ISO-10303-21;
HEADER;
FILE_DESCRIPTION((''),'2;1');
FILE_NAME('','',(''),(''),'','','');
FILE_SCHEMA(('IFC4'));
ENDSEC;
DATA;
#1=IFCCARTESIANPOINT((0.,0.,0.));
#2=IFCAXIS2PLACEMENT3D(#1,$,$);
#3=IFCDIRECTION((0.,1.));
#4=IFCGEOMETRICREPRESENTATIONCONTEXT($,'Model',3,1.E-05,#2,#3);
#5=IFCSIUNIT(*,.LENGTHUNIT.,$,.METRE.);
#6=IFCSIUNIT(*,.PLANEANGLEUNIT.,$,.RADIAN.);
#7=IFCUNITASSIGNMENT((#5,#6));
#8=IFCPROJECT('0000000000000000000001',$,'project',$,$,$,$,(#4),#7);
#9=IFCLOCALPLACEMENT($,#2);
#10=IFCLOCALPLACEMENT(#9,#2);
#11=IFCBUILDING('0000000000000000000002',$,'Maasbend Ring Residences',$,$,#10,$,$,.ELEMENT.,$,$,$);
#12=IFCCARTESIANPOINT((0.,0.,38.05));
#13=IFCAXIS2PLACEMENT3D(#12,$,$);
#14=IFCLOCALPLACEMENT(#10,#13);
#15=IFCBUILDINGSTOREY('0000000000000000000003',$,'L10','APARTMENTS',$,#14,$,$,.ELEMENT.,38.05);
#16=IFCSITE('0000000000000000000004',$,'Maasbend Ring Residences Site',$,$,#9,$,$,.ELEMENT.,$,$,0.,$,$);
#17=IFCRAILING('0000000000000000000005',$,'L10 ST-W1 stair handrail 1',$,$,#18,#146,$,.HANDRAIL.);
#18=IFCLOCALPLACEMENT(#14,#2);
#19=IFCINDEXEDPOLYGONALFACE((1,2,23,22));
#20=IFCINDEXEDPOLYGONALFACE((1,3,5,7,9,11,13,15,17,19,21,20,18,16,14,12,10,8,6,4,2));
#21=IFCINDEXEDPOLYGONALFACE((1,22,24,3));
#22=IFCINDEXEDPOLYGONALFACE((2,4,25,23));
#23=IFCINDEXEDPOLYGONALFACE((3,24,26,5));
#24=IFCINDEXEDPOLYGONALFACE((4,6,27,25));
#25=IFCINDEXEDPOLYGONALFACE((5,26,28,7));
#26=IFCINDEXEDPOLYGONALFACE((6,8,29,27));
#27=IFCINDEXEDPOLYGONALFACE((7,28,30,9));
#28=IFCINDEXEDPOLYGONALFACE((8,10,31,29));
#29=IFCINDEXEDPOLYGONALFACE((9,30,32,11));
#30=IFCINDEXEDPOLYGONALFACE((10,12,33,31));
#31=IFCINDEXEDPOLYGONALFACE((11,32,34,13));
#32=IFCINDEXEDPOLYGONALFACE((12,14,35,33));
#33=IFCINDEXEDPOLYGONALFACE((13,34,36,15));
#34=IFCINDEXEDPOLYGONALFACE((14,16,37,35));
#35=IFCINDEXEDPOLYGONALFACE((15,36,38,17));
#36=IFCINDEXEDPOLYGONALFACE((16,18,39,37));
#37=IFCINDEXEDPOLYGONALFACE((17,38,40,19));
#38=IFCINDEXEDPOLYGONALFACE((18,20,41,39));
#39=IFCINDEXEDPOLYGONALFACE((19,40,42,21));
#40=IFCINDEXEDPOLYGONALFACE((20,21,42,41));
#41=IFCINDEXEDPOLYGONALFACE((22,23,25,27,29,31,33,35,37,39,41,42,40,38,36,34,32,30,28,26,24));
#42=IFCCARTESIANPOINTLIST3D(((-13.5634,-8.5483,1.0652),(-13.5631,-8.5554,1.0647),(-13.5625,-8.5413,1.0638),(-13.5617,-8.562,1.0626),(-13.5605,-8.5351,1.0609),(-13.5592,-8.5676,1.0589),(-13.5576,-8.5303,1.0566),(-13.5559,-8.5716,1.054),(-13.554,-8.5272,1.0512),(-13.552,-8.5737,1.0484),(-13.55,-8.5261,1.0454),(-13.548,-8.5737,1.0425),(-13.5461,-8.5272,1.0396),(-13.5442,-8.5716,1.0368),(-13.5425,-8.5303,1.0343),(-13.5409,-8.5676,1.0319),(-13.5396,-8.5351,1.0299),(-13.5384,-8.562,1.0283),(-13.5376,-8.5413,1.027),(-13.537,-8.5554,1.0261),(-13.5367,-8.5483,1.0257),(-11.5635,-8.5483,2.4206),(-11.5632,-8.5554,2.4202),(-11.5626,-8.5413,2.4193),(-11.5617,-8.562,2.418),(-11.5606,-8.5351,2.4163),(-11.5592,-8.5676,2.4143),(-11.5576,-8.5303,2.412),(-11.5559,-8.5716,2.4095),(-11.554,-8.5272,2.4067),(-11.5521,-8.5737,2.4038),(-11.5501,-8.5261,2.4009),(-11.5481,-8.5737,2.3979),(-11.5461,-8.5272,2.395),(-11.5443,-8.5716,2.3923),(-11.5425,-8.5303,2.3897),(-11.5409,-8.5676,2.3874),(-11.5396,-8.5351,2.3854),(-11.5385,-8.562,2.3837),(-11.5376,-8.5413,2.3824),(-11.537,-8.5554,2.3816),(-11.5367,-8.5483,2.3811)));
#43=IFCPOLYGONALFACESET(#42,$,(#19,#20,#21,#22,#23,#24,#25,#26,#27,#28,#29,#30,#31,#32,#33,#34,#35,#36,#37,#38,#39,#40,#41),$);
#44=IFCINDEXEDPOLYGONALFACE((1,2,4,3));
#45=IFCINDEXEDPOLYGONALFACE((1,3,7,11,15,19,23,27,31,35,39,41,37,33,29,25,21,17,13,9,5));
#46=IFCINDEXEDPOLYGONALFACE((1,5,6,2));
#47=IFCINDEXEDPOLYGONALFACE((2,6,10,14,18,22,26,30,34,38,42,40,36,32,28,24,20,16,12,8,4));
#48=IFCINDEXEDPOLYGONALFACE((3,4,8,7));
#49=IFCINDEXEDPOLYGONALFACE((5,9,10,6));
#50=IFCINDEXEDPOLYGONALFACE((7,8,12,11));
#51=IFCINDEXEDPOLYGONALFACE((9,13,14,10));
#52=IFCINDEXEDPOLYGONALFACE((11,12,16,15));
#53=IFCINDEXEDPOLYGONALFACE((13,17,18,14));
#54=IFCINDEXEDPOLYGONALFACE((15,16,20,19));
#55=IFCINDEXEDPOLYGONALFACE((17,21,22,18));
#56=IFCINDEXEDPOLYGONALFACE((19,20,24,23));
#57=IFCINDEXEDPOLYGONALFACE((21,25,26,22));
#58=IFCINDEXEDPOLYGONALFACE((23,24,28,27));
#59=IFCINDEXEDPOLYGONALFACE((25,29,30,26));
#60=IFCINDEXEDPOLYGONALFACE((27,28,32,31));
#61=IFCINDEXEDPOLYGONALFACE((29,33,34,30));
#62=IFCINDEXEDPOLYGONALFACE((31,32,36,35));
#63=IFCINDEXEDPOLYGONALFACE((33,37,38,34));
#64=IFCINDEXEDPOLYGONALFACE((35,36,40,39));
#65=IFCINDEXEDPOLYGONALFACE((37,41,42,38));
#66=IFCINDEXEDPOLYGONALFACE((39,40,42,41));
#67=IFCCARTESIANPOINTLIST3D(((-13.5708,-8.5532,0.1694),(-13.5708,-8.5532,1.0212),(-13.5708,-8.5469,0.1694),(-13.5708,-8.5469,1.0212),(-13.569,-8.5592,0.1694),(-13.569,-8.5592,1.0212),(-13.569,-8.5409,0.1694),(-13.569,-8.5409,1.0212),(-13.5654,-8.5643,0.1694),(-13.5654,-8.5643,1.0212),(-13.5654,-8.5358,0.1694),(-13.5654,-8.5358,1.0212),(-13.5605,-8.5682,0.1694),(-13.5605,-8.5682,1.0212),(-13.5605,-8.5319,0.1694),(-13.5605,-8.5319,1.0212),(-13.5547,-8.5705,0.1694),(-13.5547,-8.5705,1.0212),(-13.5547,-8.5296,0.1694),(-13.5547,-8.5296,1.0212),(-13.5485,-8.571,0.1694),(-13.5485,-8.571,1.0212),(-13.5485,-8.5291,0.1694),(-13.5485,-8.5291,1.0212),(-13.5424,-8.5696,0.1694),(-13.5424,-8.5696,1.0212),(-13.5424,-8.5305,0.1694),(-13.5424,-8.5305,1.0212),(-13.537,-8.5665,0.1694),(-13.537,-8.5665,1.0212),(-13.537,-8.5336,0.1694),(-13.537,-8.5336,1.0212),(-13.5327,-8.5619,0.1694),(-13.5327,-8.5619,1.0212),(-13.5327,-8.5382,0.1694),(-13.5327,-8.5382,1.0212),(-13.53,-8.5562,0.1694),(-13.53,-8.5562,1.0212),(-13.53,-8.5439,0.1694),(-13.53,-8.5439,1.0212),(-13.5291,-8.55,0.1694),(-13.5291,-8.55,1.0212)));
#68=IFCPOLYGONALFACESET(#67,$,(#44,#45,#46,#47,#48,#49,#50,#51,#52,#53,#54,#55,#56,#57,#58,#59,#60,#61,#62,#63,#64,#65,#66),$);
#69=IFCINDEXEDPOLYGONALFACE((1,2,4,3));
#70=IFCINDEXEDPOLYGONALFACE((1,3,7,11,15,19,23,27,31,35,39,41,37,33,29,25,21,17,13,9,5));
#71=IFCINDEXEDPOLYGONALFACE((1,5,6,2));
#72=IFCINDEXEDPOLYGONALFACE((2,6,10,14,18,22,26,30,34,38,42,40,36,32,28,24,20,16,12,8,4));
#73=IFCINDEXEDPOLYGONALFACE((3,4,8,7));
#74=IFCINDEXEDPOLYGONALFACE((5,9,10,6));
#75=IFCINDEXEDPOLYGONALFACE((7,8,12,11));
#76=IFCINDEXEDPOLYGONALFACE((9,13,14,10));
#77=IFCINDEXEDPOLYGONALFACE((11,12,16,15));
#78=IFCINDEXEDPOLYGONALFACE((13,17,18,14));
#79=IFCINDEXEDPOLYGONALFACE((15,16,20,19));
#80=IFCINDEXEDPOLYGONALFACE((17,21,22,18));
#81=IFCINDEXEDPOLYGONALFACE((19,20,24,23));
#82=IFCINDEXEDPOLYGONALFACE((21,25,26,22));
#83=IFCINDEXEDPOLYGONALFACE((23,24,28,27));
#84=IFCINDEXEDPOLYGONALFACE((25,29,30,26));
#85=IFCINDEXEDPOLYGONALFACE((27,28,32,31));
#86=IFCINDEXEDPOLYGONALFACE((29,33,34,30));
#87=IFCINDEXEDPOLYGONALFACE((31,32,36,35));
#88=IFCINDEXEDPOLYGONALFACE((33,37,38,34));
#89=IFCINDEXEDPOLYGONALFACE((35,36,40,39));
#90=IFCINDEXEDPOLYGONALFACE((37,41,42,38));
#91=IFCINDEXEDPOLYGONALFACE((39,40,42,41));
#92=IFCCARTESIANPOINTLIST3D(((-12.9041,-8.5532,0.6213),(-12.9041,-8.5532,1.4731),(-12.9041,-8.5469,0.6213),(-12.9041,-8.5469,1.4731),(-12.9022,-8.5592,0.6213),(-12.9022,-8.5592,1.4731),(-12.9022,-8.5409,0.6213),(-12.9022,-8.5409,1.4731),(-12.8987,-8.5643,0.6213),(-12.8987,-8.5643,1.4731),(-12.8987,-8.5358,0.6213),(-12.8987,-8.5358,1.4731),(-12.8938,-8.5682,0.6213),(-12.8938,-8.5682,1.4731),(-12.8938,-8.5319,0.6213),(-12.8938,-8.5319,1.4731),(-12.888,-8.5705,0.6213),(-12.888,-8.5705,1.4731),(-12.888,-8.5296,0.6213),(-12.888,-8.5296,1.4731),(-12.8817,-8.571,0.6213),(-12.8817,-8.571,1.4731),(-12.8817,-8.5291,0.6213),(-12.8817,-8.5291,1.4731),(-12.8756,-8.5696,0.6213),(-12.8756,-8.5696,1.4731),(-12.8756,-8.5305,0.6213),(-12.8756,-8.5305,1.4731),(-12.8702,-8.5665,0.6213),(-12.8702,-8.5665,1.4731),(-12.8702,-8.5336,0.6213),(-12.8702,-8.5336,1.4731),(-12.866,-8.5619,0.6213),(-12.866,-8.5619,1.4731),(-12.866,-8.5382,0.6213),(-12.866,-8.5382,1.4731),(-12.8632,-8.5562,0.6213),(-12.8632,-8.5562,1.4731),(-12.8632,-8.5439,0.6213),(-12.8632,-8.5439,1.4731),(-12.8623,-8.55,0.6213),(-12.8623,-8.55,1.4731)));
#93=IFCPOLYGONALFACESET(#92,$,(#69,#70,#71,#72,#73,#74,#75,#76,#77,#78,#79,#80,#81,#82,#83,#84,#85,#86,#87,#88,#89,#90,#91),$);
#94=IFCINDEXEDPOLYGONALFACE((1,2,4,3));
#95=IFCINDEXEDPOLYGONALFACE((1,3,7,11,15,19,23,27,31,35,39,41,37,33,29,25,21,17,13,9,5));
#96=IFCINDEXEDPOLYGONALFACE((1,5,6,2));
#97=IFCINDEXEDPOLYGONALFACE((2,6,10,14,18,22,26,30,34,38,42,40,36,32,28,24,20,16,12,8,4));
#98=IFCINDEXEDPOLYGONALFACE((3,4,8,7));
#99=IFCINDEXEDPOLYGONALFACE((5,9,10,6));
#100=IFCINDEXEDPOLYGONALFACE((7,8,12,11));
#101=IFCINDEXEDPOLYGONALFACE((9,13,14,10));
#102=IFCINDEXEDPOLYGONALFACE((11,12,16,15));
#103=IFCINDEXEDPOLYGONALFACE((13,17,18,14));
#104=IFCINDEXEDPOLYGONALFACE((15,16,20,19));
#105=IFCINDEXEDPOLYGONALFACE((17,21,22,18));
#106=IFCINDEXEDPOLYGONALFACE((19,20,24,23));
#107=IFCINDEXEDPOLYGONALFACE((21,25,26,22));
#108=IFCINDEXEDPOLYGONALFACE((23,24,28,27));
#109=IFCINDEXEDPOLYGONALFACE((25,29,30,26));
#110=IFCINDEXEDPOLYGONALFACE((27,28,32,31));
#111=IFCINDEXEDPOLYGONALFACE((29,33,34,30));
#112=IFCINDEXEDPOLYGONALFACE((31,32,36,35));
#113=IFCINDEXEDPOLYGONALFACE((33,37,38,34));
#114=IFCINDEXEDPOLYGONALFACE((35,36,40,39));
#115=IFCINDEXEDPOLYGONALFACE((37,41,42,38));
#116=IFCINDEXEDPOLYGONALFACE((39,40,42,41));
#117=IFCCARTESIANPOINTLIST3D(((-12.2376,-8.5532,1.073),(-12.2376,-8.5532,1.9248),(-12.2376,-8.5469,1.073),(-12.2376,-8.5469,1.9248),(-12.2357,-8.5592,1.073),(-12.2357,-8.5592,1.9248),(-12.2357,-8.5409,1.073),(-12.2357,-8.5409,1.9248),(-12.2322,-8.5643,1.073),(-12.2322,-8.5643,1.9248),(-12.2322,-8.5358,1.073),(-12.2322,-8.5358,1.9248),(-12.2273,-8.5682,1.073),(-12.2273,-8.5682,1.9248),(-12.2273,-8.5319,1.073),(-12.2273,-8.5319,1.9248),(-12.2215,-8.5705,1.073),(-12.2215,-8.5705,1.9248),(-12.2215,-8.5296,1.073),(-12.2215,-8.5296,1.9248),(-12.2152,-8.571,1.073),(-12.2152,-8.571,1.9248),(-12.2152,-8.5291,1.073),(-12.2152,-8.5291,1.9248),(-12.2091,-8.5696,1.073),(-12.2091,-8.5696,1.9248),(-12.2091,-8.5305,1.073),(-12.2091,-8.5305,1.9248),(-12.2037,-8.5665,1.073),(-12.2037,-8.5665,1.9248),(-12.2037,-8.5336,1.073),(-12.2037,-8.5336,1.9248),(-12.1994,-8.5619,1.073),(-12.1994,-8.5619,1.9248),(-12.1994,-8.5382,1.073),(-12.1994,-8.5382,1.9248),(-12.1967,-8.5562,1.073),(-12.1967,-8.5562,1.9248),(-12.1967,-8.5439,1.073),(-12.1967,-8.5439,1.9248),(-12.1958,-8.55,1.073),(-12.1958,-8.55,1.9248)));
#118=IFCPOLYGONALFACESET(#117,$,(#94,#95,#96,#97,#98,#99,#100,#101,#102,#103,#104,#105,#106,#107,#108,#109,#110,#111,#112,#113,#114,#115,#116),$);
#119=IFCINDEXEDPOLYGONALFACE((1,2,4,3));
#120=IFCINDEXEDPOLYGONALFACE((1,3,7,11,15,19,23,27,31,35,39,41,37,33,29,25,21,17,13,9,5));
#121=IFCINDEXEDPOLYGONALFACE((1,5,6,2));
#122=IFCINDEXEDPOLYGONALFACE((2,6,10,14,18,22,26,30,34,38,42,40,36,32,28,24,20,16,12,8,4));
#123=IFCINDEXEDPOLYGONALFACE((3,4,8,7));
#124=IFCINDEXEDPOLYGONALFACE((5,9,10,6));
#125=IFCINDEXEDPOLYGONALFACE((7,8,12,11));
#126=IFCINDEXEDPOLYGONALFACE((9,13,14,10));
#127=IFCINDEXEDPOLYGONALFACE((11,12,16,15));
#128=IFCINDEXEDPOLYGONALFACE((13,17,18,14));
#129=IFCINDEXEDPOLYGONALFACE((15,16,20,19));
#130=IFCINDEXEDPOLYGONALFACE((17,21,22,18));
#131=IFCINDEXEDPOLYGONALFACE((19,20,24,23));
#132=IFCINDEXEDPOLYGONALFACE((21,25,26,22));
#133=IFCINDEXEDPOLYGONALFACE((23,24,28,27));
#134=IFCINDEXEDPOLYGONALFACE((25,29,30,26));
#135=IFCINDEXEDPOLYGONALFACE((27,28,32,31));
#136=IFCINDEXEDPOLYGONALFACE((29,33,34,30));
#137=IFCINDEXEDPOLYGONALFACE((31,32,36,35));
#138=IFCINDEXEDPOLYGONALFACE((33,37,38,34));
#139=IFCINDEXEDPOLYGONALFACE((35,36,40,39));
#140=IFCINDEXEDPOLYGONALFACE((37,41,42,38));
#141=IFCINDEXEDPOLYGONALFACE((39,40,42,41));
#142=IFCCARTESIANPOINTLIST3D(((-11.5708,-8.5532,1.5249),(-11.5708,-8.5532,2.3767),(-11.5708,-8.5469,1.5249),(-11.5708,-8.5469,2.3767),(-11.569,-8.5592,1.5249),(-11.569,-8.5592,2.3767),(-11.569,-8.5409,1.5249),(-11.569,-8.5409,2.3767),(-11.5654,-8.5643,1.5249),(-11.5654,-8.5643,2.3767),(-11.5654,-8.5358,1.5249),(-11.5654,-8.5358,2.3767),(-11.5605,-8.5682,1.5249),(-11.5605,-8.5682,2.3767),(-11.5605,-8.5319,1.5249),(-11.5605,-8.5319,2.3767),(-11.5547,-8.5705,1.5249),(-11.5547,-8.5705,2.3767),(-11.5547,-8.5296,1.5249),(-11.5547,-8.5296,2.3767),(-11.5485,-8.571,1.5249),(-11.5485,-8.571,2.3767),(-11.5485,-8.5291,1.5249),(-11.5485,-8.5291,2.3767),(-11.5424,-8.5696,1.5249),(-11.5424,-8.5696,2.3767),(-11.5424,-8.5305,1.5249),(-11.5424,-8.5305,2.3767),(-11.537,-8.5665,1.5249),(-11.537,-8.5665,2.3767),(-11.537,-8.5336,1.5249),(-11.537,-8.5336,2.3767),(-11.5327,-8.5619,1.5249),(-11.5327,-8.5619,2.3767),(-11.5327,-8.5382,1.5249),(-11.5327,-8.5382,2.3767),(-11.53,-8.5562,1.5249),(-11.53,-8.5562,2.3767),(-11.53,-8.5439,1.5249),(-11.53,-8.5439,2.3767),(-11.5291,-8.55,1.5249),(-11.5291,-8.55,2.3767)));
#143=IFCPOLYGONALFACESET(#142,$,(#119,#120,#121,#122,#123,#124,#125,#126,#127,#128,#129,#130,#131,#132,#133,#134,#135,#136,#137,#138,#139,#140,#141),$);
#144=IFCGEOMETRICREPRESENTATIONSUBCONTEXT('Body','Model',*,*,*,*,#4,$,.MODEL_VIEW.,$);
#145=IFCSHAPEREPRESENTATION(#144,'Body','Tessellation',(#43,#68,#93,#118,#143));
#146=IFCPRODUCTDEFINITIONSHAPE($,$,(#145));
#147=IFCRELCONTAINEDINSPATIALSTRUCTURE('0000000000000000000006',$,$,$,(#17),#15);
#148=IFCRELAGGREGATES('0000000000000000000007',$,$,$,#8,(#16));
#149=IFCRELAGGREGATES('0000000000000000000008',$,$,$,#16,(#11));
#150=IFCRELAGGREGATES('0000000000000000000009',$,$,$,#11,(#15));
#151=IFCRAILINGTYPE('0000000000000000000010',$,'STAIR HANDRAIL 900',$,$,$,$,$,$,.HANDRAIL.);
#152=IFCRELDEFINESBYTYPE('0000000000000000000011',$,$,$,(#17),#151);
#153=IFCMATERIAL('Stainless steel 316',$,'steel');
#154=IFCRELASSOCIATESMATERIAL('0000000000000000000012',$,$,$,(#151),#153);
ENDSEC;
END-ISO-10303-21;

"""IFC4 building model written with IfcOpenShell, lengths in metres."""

from ifc_helpers import new_model, si_unit, direction, frame, origin, origin_2d, place, context, subcontext, project, spatial, circle, extrude, material, type_object, element, save


model = new_model("IFC4")

# Units and contexts
model_context = context("Model", 3, precision=1e-05, world=origin(), true_north=direction((0.0, 1.0)))
body_context = subcontext(model_context, "Body", "Model", "MODEL_VIEW")
ifc_project = project(units=[si_unit("LENGTHUNIT", "METRE"), si_unit("PLANEANGLEUNIT", "RADIAN")], contexts=[model_context])

# Site, building, storey
site_placement = place(None, origin())
site = spatial("IfcSite", under=ifc_project, at=site_placement, Name="Maasbend Ring Residences Site", CompositionType="ELEMENT", RefElevation=0.0)
building_placement = place(site_placement, origin())
building = spatial("IfcBuilding", under=site, at=building_placement, Name="Maasbend Ring Residences", CompositionType="ELEMENT")
storey_placement = place(building_placement, frame((0.0, 0.0, 38.05)))
storey = spatial("IfcBuildingStorey", under=building, at=storey_placement, Name="L10", Description="APARTMENTS", CompositionType="ELEMENT", Elevation=38.05)

# Railing
ifc_material_1 = material(Name="Stainless steel 316", Category="steel")
railing_type_1 = type_object("IfcRailingType", Name="STAIR HANDRAIL 900", PredefinedType="HANDRAIL", material=ifc_material_1)
railing_1_placement = place(storey_placement, frame((-13.55, -8.55, 0.1694)))
element("IfcRailing", 1, at=railing_1_placement, inside=storey, type_object=railing_type_1, Name="L10 ST-W1 stair handrail 1", PredefinedType="HANDRAIL", context=body_context, shape_type="SweptSolid", body=[
    extrude(circle(Radius=0.0239, at=origin_2d()), frame((0.0, 0.0, 0.876), z_axis=(0.827798, 0.0, 0.561027), x_axis=(0.0, 1.0, 0.0)), (0.0, 0.0, 1.0), 2.416),
    extrude(circle(Radius=0.021, at=origin_2d()), origin(), (0.0, 0.0, 1.0), 0.8518),
    extrude(circle(Radius=0.021, at=origin_2d()), frame((0.6667, 0.0, 0.4519)), (0.0, 0.0, 1.0), 0.8518),
    extrude(circle(Radius=0.021, at=origin_2d()), frame((1.3333, 0.0, 0.9036)), (0.0, 0.0, 1.0), 0.8518),
    extrude(circle(Radius=0.021, at=origin_2d()), frame((2.0, 0.0, 1.3555)), (0.0, 0.0, 1.0), 0.8518),
])

save(model, "model.ifc")
